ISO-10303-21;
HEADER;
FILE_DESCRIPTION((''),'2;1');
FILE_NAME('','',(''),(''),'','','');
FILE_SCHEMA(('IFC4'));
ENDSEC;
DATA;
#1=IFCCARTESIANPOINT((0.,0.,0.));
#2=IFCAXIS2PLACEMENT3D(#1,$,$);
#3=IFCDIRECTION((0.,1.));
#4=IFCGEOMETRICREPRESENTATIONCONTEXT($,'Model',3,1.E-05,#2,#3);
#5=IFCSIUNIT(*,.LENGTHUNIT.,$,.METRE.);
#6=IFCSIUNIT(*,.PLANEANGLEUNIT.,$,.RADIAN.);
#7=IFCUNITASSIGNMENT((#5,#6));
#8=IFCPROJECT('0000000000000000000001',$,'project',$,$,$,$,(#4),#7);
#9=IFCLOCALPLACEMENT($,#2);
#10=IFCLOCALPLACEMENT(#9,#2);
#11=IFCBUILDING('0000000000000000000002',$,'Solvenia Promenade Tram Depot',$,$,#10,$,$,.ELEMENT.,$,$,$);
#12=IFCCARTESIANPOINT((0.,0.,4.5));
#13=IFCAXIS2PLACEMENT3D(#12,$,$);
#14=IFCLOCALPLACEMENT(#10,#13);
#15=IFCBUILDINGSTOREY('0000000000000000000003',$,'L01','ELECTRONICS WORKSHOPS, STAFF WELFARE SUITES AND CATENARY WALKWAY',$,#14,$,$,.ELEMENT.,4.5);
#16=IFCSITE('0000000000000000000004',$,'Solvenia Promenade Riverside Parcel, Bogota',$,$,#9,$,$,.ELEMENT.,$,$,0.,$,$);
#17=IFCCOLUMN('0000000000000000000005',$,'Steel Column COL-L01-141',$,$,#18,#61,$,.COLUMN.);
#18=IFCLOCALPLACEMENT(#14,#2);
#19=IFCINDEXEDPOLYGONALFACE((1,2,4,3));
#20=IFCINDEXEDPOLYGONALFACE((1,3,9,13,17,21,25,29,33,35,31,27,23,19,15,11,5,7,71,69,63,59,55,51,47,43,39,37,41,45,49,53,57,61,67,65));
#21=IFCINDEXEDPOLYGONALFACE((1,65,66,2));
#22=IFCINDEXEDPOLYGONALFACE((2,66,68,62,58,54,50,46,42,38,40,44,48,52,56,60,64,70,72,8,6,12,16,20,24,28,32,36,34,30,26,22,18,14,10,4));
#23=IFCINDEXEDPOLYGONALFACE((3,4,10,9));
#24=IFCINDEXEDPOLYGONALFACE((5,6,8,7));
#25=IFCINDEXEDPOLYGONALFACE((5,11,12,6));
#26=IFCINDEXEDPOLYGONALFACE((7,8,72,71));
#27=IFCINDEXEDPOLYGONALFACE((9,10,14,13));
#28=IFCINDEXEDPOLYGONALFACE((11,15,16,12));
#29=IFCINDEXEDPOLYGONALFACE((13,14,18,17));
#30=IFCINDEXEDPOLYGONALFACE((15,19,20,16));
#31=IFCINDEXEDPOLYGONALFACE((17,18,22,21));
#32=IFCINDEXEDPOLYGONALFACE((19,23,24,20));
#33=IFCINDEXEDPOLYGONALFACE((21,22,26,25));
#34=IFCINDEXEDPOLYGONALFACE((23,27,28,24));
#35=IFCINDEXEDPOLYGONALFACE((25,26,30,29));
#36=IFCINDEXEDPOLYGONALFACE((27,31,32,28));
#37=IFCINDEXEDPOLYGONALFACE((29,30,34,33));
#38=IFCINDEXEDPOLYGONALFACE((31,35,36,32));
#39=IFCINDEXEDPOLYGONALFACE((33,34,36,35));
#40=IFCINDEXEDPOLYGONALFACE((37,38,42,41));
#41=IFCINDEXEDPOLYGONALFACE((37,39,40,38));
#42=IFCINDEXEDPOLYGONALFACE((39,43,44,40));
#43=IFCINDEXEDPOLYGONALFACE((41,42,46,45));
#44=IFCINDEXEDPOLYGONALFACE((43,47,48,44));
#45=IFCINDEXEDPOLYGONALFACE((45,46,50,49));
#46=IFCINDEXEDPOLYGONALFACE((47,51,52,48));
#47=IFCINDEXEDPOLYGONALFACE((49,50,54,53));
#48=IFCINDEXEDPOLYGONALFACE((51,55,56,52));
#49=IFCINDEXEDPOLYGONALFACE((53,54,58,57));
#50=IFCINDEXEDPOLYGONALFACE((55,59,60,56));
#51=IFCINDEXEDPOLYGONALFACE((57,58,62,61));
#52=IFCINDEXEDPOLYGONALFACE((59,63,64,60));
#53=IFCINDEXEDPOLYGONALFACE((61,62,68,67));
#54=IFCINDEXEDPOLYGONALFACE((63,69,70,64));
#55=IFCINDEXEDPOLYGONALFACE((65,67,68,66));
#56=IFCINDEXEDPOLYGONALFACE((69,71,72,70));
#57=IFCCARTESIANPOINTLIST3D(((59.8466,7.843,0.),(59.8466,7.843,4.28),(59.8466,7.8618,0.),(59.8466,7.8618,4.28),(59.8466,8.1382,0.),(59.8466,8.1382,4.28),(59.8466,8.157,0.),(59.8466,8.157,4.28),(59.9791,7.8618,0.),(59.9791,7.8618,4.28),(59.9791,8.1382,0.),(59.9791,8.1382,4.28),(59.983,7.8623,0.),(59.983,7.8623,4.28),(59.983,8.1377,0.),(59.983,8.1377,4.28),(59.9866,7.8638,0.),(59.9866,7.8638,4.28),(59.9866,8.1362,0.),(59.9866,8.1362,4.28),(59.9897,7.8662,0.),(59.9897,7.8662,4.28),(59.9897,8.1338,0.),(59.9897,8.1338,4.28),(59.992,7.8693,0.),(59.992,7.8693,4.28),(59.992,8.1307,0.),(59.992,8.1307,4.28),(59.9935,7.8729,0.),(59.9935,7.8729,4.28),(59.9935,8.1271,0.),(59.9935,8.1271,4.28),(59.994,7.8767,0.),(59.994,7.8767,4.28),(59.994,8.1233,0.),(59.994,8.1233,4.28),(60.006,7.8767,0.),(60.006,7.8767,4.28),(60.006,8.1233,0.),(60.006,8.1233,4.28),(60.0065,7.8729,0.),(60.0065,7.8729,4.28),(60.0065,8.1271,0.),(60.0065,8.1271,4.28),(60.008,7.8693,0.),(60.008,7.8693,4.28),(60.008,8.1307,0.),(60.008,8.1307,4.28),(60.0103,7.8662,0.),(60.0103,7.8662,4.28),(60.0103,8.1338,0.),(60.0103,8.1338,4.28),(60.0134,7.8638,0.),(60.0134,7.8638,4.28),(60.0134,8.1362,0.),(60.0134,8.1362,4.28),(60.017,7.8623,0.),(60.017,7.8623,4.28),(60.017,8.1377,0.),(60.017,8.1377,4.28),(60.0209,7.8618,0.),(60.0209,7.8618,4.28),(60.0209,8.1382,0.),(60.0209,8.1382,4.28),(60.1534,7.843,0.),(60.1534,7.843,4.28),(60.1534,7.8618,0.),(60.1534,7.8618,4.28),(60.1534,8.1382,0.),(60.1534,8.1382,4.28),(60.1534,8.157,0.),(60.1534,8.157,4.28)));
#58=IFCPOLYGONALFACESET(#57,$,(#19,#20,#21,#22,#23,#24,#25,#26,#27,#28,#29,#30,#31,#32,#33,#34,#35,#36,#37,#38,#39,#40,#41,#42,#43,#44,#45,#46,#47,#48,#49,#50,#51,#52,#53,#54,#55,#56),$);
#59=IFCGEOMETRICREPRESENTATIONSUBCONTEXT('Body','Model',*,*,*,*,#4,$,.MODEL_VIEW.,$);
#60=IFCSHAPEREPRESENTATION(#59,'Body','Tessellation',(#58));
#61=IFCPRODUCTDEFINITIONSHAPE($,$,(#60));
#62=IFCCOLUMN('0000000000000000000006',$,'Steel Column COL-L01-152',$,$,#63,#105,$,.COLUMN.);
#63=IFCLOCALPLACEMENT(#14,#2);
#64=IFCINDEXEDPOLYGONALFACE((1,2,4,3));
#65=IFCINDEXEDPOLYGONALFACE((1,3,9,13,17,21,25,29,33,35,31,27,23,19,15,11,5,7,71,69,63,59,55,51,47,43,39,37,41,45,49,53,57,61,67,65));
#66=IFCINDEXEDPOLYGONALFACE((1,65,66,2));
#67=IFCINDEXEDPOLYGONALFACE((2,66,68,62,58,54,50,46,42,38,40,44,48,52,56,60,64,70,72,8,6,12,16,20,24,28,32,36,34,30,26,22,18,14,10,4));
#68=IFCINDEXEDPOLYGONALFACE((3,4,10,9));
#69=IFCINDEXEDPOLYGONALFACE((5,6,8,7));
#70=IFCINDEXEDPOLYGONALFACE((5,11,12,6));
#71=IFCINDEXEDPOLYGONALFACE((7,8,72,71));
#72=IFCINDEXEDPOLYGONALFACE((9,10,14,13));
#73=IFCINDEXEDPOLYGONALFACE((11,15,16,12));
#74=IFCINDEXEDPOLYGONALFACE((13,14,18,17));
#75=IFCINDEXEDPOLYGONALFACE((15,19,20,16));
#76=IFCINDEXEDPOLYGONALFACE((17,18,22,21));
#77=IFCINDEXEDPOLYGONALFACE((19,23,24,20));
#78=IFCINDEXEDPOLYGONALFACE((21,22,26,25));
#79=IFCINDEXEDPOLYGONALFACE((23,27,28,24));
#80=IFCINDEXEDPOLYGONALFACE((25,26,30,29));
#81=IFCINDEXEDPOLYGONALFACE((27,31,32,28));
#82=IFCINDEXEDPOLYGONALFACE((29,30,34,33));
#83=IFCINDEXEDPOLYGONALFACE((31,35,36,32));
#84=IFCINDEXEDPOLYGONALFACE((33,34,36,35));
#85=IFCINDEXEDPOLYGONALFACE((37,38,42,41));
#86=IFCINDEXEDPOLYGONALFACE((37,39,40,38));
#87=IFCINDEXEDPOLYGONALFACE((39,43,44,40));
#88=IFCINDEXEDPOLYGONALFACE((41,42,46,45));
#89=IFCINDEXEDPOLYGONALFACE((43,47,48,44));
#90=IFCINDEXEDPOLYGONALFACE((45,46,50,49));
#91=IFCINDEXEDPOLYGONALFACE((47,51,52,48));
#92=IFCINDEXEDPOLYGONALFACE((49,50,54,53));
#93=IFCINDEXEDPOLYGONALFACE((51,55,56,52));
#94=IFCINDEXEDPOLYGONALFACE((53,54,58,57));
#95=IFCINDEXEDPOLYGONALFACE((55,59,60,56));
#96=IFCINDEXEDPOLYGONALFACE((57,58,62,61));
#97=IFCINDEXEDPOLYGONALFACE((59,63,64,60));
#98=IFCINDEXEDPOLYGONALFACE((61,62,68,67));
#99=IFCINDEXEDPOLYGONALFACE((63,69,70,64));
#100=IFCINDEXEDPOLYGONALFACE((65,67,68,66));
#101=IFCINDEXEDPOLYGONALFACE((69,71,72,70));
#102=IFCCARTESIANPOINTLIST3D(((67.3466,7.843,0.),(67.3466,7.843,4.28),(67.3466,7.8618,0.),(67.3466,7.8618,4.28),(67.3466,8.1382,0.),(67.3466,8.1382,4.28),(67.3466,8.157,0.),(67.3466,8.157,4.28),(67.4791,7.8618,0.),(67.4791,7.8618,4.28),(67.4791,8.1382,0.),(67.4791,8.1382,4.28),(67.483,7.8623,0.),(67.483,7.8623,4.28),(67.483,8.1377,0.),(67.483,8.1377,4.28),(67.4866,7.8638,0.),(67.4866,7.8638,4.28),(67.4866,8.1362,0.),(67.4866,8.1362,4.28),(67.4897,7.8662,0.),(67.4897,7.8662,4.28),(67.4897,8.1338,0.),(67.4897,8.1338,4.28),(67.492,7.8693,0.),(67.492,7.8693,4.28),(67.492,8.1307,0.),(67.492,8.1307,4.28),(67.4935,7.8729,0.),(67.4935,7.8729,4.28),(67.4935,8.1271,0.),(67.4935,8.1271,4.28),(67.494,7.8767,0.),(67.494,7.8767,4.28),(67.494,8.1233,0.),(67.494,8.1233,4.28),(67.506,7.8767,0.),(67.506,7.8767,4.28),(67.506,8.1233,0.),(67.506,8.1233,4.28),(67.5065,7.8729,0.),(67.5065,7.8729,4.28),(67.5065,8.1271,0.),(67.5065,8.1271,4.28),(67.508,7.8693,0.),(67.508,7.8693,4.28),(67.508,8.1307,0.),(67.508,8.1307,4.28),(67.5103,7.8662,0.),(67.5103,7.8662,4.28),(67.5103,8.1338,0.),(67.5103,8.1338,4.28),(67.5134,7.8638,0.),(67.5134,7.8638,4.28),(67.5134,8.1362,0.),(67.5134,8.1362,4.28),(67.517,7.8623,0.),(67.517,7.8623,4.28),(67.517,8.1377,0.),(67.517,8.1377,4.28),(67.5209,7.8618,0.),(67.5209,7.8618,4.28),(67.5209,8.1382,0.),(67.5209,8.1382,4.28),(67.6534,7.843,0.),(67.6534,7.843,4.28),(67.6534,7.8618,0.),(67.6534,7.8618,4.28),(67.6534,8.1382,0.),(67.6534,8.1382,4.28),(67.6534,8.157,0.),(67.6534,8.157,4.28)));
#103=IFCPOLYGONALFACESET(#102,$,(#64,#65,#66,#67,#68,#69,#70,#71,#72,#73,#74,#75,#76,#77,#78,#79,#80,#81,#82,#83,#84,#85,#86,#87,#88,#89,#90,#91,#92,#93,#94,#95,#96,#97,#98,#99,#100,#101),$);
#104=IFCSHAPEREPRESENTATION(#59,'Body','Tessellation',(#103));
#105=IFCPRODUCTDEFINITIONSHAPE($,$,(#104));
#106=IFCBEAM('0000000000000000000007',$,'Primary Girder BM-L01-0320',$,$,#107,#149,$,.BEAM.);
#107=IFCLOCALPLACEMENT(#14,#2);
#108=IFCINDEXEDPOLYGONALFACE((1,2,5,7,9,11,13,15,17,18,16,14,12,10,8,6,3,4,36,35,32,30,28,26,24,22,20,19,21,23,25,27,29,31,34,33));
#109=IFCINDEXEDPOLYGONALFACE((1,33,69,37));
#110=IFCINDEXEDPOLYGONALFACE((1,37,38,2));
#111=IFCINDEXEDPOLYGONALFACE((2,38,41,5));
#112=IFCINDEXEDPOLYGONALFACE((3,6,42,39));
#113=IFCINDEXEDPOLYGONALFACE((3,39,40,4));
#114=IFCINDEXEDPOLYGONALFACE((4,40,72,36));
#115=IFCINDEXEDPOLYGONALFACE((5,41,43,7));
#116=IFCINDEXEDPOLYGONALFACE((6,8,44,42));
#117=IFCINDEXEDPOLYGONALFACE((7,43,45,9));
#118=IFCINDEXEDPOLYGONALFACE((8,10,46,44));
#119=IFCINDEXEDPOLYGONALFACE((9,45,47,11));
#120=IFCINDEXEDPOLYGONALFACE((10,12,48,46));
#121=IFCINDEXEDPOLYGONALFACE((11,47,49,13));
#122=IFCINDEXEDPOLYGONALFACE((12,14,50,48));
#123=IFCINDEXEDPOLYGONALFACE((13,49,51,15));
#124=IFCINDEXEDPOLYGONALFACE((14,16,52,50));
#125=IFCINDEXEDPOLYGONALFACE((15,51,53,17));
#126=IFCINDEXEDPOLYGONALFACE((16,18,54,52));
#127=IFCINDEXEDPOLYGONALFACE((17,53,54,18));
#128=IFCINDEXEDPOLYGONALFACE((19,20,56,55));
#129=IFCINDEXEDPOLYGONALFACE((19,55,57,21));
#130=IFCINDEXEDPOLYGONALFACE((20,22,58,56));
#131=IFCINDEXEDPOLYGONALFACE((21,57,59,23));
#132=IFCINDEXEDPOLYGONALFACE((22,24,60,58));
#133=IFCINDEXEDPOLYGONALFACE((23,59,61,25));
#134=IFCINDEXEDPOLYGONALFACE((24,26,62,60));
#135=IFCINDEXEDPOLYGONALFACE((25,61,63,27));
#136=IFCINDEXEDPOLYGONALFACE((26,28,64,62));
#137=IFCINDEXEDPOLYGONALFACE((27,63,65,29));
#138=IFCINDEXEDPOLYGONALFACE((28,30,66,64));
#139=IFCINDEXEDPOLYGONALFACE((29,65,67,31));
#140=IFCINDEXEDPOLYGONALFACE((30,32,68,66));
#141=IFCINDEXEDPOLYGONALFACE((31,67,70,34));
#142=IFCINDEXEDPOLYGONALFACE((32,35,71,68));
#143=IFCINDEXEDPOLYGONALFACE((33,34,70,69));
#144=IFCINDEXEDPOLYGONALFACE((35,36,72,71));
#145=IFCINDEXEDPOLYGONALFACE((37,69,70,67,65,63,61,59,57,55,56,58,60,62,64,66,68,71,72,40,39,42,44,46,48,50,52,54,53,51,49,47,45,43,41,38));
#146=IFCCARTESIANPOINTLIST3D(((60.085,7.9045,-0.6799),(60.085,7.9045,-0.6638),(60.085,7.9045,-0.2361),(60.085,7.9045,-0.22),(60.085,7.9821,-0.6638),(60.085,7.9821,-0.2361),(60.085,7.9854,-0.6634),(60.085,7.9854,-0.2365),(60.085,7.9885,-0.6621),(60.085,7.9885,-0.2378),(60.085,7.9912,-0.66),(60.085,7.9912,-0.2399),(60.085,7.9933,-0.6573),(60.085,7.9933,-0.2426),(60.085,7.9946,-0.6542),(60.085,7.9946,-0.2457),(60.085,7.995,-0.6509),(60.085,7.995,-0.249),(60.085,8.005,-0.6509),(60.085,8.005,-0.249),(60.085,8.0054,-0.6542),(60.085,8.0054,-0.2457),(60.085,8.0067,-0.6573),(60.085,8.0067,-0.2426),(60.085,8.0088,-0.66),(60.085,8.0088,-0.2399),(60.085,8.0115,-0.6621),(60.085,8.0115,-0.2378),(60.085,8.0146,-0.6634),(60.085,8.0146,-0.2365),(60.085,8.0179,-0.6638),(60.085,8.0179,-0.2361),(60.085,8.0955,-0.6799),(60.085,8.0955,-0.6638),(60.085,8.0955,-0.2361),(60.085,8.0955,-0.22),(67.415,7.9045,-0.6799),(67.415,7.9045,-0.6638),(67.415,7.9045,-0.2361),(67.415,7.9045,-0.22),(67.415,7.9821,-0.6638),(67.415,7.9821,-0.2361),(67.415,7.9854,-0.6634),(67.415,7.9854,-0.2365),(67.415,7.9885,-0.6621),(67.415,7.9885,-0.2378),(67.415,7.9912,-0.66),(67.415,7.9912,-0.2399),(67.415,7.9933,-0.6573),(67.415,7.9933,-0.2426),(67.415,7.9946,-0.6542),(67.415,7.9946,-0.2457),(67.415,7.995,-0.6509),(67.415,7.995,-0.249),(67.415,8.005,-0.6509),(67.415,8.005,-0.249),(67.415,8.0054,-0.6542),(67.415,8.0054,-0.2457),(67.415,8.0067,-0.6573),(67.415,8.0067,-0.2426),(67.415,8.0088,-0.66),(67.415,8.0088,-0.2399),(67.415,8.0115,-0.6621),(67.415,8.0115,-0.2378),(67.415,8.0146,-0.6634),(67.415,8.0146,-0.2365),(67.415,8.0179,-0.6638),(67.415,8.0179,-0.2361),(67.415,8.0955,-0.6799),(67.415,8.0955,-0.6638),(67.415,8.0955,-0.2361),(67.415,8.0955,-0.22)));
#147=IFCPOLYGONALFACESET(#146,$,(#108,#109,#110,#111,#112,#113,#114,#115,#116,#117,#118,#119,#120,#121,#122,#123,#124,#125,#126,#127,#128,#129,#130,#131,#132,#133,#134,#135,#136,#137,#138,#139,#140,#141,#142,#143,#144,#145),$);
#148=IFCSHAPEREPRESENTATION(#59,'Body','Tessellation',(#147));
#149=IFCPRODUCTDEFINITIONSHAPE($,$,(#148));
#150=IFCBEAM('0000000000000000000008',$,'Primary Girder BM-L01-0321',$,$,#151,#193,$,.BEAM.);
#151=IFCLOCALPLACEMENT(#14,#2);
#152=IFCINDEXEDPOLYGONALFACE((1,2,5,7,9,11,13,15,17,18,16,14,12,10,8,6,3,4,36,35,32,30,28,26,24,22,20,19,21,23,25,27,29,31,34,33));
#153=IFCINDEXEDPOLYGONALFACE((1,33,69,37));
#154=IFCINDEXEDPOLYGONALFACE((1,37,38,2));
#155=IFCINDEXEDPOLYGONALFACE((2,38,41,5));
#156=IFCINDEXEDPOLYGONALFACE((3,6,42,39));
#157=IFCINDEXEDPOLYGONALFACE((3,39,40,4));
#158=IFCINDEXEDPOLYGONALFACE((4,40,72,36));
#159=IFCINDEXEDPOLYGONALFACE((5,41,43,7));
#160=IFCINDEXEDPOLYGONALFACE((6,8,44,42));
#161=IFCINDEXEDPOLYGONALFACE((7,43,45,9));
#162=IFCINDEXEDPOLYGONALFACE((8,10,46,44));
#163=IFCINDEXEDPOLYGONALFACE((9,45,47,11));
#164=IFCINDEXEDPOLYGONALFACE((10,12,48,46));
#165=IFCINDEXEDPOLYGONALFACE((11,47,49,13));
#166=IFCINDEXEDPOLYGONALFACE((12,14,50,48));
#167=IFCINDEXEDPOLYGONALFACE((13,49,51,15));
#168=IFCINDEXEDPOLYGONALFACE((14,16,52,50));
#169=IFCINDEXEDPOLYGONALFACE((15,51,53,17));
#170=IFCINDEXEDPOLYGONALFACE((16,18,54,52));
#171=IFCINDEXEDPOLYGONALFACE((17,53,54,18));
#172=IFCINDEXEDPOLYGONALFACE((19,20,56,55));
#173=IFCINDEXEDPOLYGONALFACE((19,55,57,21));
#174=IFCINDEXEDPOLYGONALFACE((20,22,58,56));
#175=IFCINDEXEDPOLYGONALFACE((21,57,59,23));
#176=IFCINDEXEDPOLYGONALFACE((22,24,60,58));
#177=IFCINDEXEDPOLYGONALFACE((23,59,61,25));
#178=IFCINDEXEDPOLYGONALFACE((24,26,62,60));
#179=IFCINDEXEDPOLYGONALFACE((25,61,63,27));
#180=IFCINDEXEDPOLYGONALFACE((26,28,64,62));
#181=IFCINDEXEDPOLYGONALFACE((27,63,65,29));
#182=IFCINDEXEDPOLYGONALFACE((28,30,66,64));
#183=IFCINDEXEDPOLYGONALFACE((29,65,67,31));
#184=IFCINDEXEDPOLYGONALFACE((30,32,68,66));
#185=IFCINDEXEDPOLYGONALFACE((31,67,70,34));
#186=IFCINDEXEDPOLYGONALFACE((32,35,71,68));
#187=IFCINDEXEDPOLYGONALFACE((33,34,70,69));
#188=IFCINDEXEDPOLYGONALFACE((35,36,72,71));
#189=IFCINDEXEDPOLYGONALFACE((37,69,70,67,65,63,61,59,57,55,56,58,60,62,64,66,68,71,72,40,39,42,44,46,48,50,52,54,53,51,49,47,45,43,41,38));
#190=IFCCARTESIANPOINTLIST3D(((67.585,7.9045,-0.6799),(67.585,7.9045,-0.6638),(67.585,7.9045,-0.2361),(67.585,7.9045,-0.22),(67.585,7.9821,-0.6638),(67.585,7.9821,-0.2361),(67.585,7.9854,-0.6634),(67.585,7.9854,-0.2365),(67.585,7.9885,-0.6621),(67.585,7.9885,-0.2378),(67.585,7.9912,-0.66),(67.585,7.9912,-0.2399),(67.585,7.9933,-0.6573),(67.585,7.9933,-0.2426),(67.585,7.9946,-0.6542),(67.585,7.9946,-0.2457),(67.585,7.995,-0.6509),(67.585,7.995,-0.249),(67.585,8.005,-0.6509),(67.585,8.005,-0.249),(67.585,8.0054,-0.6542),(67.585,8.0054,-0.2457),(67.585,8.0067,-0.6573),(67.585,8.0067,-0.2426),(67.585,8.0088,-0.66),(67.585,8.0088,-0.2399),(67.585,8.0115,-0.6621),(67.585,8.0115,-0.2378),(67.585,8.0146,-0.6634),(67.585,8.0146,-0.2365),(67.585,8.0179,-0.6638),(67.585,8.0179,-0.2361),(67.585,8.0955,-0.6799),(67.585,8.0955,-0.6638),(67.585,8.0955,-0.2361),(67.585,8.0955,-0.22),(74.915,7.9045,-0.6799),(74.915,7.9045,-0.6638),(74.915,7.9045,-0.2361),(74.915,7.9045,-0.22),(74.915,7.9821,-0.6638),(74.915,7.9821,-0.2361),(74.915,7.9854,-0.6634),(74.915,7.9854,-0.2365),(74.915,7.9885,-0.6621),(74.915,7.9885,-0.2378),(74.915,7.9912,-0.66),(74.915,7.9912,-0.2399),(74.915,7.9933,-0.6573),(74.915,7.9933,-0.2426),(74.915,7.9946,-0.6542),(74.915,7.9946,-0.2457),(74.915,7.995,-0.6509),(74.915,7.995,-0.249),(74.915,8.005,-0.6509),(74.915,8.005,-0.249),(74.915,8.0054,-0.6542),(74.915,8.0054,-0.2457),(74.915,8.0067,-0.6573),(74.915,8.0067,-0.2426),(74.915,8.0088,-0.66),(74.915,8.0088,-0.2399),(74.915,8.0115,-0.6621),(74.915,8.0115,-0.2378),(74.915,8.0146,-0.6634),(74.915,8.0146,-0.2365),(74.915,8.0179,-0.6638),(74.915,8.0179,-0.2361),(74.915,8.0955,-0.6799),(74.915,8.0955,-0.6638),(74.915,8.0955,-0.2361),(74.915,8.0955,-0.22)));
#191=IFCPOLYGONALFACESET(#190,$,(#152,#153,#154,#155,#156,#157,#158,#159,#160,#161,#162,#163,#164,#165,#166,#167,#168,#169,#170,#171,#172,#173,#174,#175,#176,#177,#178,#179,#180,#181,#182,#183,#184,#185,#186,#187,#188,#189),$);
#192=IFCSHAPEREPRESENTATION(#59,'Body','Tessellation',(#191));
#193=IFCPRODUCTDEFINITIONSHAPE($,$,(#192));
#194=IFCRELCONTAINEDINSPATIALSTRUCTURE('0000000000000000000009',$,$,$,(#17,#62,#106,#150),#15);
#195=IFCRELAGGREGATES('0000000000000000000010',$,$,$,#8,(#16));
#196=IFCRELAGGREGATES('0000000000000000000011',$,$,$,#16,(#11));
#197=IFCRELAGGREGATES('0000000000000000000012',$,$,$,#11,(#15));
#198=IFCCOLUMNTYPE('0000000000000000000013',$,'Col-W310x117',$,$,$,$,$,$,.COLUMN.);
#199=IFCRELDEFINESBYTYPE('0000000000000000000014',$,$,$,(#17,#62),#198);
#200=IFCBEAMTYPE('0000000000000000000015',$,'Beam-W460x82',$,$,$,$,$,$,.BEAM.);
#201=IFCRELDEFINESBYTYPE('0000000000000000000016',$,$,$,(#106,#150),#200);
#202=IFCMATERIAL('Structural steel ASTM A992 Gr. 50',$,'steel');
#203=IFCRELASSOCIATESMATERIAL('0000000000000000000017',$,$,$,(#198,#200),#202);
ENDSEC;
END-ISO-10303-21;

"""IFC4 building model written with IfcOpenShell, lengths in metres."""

from ifc_helpers import new_model, si_unit, direction, frame, origin, origin_2d, place, context, subcontext, project, spatial, i_section, extrude, material, material_profile, profile_set, type_object, element, save


model = new_model("IFC4")

# Units and contexts
model_context = context("Model", 3, precision=1e-05, world=origin(), true_north=direction((0.0, 1.0)))
body_context = subcontext(model_context, "Body", "Model", "MODEL_VIEW")
ifc_project = project(units=[si_unit("LENGTHUNIT", "METRE"), si_unit("PLANEANGLEUNIT", "RADIAN")], contexts=[model_context])

# Site, building, storey
site_placement = place(None, origin())
site = spatial("IfcSite", under=ifc_project, at=site_placement, Name="Solvenia Promenade Riverside Parcel, Bogota", CompositionType="ELEMENT", RefElevation=0.0)
building_placement = place(site_placement, origin())
building = spatial("IfcBuilding", under=site, at=building_placement, Name="Solvenia Promenade Tram Depot", CompositionType="ELEMENT")
storey_placement = place(building_placement, frame((0.0, 0.0, 4.5)))
storey = spatial("IfcBuildingStorey", under=building, at=storey_placement, Name="L01", Description="ELECTRONICS WORKSHOPS, STAFF WELFARE SUITES AND CATENARY WALKWAY", CompositionType="ELEMENT", Elevation=4.5)

# Columns
ifc_material_1 = material(Name="Structural steel ASTM A992 Gr. 50", Category="steel")
ifc_material_profile_1 = material_profile(ifc_material_1, i_section(OverallWidth=0.3069, OverallDepth=0.314, WebThickness=0.012, FlangeThickness=0.0188, FilletRadius=0.0149, at=origin_2d()), Name="W310x117", Category="steel")
ifc_profile_set_1 = profile_set([ifc_material_profile_1], Name="Structural steel ASTM A992 Gr. 50")
column_type = type_object("IfcColumnType", Name="Col-W310x117", PredefinedType="COLUMN", material=ifc_profile_set_1)
for number, where, z_axis, x_axis, name in (
    (1, (60.0, 8.0, 0.0), (0.0, 0.0, 1.0), (1.0, 0.0, 0.0), "Steel Column COL-L01-141"),
    (2, (67.5, 8.0, 0.0), (0.0, 0.0, 1.0), (1.0, 0.0, 0.0), "Steel Column COL-L01-152"),
):
    element("IfcColumn", number, at=place(storey_placement, frame(where, z_axis=z_axis, x_axis=x_axis)), inside=storey, type_object=column_type, Name=name, PredefinedType="COLUMN", context=body_context, shape_type="SweptSolid", body=[
        extrude(i_section(OverallWidth=0.3069, OverallDepth=0.314, WebThickness=0.012, FlangeThickness=0.0188, FilletRadius=0.0149, at=origin_2d()), origin(), (0.0, 0.0, 1.0), 4.28),
    ])

# Beams
ifc_material_profile_2 = material_profile(ifc_material_1, i_section(OverallWidth=0.1909, OverallDepth=0.46, WebThickness=0.01, FlangeThickness=0.0161, FilletRadius=0.0129, at=origin_2d()), Name="W460x82", Category="steel")
ifc_profile_set_2 = profile_set([ifc_material_profile_2], Name="Structural steel ASTM A992 Gr. 50")
beam_type_1 = type_object("IfcBeamType", Name="Beam-W460x82", PredefinedType="BEAM", material=ifc_profile_set_2)
for number, where, z_axis, x_axis, name in (
    (3, (60.085, 8.0, -0.45), (1.0, 0.0, 0.0), (0.0, 1.0, 0.0), "Primary Girder BM-L01-0320"),
    (4, (67.585, 8.0, -0.45), (1.0, 0.0, 0.0), (0.0, 1.0, 0.0), "Primary Girder BM-L01-0321"),
):
    element("IfcBeam", number, at=place(storey_placement, frame(where, z_axis=z_axis, x_axis=x_axis)), inside=storey, type_object=beam_type_1, Name=name, PredefinedType="BEAM", context=body_context, shape_type="SweptSolid", body=[
        extrude(i_section(OverallWidth=0.1909, OverallDepth=0.46, WebThickness=0.01, FlangeThickness=0.0161, FilletRadius=0.0129, at=origin_2d()), origin(), (0.0, 0.0, 1.0), 7.3301),
    ])

save(model, "model.ifc")
